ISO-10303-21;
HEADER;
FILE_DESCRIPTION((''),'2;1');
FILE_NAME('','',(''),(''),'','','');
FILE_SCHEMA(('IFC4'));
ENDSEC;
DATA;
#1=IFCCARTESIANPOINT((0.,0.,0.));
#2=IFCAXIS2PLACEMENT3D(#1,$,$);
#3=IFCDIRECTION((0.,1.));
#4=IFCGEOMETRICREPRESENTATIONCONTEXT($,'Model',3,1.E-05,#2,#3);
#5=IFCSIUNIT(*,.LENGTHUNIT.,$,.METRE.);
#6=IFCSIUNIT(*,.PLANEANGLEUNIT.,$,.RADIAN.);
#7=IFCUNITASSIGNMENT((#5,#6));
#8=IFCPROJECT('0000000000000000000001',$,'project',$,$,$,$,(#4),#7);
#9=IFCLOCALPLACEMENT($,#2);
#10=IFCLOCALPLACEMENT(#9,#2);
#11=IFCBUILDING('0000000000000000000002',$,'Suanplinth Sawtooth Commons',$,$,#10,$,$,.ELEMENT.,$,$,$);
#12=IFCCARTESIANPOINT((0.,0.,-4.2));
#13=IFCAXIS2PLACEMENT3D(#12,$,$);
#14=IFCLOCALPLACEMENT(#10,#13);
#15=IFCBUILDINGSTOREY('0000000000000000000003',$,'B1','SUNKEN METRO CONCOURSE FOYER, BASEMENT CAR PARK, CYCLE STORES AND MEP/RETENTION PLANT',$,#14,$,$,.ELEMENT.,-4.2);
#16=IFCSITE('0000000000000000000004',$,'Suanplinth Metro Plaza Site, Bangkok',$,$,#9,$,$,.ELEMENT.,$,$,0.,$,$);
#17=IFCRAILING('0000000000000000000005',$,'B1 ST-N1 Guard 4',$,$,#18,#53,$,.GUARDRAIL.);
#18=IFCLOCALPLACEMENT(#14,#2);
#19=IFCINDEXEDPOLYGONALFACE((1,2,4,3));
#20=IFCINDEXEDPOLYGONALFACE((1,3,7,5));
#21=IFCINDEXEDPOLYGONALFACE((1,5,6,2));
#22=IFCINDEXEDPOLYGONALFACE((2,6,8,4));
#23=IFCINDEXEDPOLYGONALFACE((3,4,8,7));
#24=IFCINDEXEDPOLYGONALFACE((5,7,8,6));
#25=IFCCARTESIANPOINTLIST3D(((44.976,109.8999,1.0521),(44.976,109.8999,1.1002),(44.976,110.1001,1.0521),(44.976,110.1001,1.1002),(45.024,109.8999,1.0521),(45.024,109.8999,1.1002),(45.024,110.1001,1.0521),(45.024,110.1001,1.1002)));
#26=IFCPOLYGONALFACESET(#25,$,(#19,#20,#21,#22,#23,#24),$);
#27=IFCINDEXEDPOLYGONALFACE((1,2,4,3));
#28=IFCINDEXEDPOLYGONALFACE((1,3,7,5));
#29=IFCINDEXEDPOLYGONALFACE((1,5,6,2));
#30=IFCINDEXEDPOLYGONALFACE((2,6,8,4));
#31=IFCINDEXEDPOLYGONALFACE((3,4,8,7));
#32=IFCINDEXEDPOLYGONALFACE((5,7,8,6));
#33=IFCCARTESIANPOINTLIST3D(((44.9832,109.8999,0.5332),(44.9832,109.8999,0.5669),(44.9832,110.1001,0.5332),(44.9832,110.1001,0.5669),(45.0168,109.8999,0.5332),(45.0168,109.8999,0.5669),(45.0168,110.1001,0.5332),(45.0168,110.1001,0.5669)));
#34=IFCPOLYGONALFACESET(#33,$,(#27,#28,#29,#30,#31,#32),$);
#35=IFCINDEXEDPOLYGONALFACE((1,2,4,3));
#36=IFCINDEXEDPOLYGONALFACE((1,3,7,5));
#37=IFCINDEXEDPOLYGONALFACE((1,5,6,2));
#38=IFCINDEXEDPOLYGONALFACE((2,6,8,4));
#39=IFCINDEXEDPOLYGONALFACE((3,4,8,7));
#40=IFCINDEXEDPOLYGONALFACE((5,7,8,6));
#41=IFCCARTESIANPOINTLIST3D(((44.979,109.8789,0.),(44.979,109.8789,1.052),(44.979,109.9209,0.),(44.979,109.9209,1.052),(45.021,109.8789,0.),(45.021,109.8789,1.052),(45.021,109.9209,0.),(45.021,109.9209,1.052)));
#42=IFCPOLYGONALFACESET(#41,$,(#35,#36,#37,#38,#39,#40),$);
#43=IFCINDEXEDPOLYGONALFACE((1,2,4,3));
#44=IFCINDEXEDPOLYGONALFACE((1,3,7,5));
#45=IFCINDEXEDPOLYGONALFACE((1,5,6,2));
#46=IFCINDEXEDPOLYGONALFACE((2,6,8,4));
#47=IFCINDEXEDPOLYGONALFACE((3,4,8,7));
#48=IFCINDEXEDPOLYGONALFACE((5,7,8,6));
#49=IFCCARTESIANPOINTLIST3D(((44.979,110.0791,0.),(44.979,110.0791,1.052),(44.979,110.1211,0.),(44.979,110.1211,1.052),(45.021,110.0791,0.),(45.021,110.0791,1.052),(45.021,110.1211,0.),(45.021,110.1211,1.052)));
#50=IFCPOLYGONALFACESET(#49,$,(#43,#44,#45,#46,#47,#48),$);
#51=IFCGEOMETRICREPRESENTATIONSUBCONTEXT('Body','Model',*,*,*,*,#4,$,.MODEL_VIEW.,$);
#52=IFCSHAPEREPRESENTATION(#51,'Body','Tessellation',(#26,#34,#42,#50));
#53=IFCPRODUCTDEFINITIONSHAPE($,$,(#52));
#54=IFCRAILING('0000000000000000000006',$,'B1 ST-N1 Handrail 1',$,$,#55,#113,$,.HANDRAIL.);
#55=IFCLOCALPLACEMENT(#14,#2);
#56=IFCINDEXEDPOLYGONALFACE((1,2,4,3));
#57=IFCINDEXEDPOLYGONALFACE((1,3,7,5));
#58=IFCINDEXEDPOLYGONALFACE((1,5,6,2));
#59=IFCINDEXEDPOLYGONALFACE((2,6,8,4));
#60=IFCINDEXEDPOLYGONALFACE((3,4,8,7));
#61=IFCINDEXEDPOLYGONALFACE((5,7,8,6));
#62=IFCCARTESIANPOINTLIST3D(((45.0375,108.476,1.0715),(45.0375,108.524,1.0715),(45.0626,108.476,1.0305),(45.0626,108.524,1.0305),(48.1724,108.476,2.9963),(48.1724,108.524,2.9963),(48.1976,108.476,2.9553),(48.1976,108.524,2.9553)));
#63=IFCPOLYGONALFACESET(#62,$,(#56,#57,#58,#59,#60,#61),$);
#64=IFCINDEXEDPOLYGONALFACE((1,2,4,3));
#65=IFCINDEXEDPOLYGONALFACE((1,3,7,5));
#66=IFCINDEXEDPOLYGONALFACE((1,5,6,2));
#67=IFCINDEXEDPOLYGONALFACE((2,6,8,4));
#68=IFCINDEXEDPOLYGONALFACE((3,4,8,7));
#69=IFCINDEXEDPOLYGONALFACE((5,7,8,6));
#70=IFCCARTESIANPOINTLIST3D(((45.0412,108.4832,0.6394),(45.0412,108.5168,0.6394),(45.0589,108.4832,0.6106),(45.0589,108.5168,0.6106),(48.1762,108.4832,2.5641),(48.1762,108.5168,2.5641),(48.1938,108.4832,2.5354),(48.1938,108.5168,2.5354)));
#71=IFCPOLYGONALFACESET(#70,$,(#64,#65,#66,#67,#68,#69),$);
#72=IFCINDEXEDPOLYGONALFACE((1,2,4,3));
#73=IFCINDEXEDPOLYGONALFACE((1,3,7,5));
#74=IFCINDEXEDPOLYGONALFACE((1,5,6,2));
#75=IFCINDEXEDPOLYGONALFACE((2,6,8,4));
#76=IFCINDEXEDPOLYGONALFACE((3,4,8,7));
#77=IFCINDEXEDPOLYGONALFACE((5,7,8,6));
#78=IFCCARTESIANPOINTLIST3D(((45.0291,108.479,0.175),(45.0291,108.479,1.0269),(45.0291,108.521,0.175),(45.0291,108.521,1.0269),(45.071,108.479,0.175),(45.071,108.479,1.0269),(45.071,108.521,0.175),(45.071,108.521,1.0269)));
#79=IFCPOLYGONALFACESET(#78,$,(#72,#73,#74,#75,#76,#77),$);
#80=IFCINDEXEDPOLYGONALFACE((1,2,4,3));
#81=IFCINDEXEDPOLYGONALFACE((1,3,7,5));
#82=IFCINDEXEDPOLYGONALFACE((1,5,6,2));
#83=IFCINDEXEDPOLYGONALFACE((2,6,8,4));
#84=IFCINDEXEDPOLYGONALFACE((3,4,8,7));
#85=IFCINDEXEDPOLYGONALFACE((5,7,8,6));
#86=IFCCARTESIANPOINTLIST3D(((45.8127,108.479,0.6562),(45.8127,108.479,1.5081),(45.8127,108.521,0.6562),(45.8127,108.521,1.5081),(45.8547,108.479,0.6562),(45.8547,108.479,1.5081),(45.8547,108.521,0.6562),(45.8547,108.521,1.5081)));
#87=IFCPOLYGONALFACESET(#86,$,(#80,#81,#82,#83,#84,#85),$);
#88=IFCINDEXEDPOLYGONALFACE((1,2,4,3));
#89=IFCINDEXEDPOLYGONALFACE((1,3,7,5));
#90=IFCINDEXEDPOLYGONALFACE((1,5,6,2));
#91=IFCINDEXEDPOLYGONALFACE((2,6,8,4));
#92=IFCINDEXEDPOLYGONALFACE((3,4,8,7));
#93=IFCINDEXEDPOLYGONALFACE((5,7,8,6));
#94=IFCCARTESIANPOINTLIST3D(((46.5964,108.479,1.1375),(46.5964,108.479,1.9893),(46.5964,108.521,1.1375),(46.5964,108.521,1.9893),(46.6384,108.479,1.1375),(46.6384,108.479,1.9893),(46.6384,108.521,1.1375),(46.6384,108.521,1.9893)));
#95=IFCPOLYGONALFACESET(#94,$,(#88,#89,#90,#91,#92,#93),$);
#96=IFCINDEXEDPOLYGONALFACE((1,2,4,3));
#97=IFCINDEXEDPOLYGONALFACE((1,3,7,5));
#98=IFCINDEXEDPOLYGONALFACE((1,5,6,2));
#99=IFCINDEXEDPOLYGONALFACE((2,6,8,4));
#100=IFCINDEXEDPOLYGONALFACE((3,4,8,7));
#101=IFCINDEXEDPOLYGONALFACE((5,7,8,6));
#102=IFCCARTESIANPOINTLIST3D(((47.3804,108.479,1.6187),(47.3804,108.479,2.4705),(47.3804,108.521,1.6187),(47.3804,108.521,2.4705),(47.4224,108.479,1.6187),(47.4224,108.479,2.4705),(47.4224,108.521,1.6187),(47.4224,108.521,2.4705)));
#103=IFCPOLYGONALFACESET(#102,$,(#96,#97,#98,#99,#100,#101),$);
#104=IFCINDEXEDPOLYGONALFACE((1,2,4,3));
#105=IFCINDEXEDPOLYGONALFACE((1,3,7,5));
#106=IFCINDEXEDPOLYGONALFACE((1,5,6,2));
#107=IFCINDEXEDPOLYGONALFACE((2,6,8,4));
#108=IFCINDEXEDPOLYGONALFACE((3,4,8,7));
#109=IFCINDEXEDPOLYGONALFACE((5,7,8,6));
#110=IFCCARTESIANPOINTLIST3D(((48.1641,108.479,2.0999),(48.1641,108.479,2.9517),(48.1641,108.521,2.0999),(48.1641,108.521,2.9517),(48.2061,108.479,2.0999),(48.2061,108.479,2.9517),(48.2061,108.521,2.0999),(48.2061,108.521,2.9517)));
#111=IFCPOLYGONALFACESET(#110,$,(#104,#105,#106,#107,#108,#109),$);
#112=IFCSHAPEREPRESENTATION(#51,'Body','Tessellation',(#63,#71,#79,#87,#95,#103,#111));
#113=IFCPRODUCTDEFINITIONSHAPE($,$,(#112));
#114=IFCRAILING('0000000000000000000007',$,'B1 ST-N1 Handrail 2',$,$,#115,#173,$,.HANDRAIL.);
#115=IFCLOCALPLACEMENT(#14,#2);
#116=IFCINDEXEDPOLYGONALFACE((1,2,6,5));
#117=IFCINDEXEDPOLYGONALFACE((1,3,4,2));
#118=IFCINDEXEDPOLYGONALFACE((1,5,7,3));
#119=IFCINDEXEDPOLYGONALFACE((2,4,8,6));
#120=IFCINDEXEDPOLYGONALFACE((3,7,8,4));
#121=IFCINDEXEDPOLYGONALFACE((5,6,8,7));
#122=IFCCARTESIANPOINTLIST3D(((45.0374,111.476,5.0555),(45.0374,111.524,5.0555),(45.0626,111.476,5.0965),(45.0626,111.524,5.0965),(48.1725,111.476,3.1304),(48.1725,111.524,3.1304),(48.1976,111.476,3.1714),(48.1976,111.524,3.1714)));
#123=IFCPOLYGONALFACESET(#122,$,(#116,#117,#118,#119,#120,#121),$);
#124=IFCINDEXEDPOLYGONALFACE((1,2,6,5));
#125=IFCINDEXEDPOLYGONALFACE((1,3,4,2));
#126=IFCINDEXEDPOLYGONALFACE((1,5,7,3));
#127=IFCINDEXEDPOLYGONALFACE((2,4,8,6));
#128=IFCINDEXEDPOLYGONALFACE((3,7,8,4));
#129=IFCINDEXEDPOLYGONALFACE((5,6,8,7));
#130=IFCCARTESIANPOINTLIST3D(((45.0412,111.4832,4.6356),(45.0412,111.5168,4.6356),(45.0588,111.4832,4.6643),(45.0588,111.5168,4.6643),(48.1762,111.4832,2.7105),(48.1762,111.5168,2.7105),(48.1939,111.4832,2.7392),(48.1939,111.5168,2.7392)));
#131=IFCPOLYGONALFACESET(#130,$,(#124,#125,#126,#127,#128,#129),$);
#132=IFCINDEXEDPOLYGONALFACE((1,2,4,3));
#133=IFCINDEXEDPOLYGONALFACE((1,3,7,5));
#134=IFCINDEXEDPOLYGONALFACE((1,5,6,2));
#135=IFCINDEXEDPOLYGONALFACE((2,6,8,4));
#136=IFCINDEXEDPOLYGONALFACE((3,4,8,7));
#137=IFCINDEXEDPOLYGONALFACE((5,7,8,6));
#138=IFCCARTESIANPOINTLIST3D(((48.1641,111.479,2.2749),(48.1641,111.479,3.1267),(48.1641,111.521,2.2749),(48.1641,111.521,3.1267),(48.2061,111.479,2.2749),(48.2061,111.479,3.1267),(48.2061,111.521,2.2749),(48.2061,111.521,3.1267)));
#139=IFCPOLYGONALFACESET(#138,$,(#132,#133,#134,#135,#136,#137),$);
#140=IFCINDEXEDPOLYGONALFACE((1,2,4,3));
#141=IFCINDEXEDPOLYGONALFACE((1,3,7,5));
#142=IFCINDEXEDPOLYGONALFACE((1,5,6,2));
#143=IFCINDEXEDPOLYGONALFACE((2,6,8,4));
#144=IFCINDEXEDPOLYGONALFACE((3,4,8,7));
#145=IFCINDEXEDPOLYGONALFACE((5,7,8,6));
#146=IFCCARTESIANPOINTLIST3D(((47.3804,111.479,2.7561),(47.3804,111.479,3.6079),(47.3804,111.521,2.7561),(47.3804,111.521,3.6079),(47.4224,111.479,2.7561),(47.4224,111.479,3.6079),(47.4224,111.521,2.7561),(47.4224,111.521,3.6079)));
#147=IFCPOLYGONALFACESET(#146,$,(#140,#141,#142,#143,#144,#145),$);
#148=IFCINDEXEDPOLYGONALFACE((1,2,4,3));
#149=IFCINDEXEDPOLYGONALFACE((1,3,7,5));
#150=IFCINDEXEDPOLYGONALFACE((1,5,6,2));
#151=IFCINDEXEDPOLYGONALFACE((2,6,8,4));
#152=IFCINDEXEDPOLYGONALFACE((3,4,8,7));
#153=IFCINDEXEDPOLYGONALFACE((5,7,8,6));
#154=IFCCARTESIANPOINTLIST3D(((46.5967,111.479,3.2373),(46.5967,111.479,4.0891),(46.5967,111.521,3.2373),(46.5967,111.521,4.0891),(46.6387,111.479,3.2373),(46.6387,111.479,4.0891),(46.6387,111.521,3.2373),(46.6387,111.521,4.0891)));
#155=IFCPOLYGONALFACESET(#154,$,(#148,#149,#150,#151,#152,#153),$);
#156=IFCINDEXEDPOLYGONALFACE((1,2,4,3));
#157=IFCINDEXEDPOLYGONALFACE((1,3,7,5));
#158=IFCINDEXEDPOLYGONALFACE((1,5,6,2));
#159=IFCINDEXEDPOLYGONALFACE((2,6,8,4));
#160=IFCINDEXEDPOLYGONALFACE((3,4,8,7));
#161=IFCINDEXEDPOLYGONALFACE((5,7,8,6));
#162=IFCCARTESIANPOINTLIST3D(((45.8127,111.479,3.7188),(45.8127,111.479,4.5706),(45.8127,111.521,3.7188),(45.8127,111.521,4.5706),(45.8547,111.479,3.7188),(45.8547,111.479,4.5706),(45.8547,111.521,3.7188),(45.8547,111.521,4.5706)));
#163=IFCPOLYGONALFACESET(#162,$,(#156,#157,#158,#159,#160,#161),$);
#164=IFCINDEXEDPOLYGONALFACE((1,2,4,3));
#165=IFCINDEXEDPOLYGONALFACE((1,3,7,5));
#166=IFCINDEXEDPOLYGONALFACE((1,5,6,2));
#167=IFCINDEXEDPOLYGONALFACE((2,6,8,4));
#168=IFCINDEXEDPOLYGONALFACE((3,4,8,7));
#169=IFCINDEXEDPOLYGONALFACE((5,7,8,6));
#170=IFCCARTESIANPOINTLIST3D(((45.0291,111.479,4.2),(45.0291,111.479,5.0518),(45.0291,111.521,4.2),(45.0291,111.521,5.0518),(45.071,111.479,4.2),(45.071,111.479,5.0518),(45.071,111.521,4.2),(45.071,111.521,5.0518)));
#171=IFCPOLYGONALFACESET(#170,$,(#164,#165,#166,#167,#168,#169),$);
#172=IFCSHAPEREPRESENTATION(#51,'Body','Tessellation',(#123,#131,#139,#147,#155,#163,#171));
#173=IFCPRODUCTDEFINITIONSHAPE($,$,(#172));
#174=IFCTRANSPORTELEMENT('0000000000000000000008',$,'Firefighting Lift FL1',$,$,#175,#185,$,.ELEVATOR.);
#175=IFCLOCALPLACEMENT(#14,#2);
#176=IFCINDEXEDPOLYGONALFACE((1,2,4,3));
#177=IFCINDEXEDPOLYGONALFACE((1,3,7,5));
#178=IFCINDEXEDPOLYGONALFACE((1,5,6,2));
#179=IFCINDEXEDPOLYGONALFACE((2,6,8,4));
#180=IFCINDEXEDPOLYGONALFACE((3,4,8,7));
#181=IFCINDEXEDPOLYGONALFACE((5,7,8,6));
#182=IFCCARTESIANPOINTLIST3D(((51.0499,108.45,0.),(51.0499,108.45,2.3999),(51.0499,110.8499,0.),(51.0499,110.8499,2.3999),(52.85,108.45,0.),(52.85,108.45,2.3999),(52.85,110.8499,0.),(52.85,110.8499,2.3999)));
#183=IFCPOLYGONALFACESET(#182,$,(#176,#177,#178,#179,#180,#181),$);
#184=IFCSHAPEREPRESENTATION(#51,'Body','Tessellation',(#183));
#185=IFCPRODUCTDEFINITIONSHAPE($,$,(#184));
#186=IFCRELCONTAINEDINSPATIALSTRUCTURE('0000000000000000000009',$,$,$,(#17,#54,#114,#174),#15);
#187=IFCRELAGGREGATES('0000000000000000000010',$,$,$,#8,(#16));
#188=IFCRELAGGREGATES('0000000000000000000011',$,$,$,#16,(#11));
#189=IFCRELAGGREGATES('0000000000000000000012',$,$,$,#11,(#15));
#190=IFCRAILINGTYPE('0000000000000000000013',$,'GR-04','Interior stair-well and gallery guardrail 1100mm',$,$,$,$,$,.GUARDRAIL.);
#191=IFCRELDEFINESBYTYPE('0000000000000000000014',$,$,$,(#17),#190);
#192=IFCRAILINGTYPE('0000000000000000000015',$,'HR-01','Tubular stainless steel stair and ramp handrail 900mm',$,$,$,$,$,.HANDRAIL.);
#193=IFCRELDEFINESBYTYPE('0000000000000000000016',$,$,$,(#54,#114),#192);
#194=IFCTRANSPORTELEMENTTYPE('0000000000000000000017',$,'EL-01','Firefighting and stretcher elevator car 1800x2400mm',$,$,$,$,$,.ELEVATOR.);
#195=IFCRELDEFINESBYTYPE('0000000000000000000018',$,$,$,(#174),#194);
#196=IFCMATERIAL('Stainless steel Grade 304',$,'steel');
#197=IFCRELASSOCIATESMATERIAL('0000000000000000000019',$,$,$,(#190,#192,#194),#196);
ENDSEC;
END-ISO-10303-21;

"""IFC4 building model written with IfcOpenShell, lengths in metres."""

from ifc_helpers import new_model, si_unit, direction, frame, origin, origin_2d, place, context, subcontext, project, spatial, rectangle, extrude, material, type_object, element, save


model = new_model("IFC4")

# Units and contexts
model_context = context("Model", 3, precision=1e-05, world=origin(), true_north=direction((0.0, 1.0)))
body_context = subcontext(model_context, "Body", "Model", "MODEL_VIEW")
ifc_project = project(units=[si_unit("LENGTHUNIT", "METRE"), si_unit("PLANEANGLEUNIT", "RADIAN")], contexts=[model_context])

# Site, building, storey
site_placement = place(None, origin())
site = spatial("IfcSite", under=ifc_project, at=site_placement, Name="Suanplinth Metro Plaza Site, Bangkok", CompositionType="ELEMENT", RefElevation=0.0)
building_placement = place(site_placement, origin())
building = spatial("IfcBuilding", under=site, at=building_placement, Name="Suanplinth Sawtooth Commons", CompositionType="ELEMENT")
storey_placement = place(building_placement, frame((0.0, 0.0, -4.2)))
storey = spatial("IfcBuildingStorey", under=building, at=storey_placement, Name="B1", Description="SUNKEN METRO CONCOURSE FOYER, BASEMENT CAR PARK, CYCLE STORES AND MEP/RETENTION PLANT", CompositionType="ELEMENT", Elevation=-4.2)

# Shared definitions
ifc_material_1 = material(Name="Stainless steel Grade 304", Category="steel")

# Railings
railing_type_1 = type_object("IfcRailingType", Name="GR-04", Description="Interior stair-well and gallery guardrail 1100mm", PredefinedType="GUARDRAIL", material=ifc_material_1)
railing_1_placement = place(storey_placement, frame((45.0, 109.8999, 0.0)))
element("IfcRailing", 1, at=railing_1_placement, inside=storey, type_object=railing_type_1, Name="B1 ST-N1 Guard 4", PredefinedType="GUARDRAIL", context=body_context, shape_type="SweptSolid", body=[
    extrude(rectangle(XDim=0.0481, YDim=0.0481, at=origin_2d()), frame((0.0, 0.0, 1.0762), z_axis=(0.0, 1.0, 0.0), x_axis=(-1.0, 0.0, 0.0)), (0.0, 0.0, 1.0), 0.2002),
    extrude(rectangle(XDim=0.0337, YDim=0.0337, at=origin_2d()), frame((0.0, 0.0, 0.55), z_axis=(0.0, 1.0, 0.0), x_axis=(-1.0, 0.0, 0.0)), (0.0, 0.0, 1.0), 0.2002),
    extrude(rectangle(XDim=0.042, YDim=0.042, at=origin_2d()), origin(), (0.0, 0.0, 1.0), 1.052),
    extrude(rectangle(XDim=0.042, YDim=0.042, at=origin_2d()), frame((0.0, 0.2002, 0.0)), (0.0, 0.0, 1.0), 1.052),
])
railing_type_2 = type_object("IfcRailingType", Name="HR-01", Description="Tubular stainless steel stair and ramp handrail 900mm", PredefinedType="HANDRAIL", material=ifc_material_1)
railing_2_placement = place(storey_placement, frame((45.05, 108.5, 0.175)))
element("IfcRailing", 2, at=railing_2_placement, inside=storey, type_object=railing_type_2, Name="B1 ST-N1 Handrail 1", PredefinedType="HANDRAIL", context=body_context, shape_type="SweptSolid", body=[
    extrude(rectangle(XDim=0.0481, YDim=0.0481, at=origin_2d()), frame((0.0, 0.0, 0.876), z_axis=(0.852196, 0.0, 0.523223), x_axis=(0.0, 1.0, 0.0)), (0.0, 0.0, 1.0), 3.6787),
    extrude(rectangle(XDim=0.0337, YDim=0.0337, at=origin_2d()), frame((0.0, 0.0, 0.45), z_axis=(0.852196, 0.0, 0.523223), x_axis=(0.0, 1.0, 0.0)), (0.0, 0.0, 1.0), 3.6787),
    extrude(rectangle(XDim=0.042, YDim=0.042, at=origin_2d()), origin(), (0.0, 0.0, 1.0), 0.8518),
    extrude(rectangle(XDim=0.042, YDim=0.042, at=origin_2d()), frame((0.7837, 0.0, 0.4812)), (0.0, 0.0, 1.0), 0.8518),
    extrude(rectangle(XDim=0.042, YDim=0.042, at=origin_2d()), frame((1.5674, 0.0, 0.9624)), (0.0, 0.0, 1.0), 0.8518),
    extrude(rectangle(XDim=0.042, YDim=0.042, at=origin_2d()), frame((2.3513, 0.0, 1.4436)), (0.0, 0.0, 1.0), 0.8518),
    extrude(rectangle(XDim=0.042, YDim=0.042, at=origin_2d()), frame((3.135, 0.0, 1.9248)), (0.0, 0.0, 1.0), 0.8518),
])
railing_3_placement = place(storey_placement, frame((48.1851, 111.5, 2.2749)))
element("IfcRailing", 3, at=railing_3_placement, inside=storey, type_object=railing_type_2, Name="B1 ST-N1 Handrail 2", PredefinedType="HANDRAIL", context=body_context, shape_type="SweptSolid", body=[
    extrude(rectangle(XDim=0.0481, YDim=0.0481, at=origin_2d()), frame((0.0, 0.0, 0.876), z_axis=(-0.852166, 0.0, 0.523271), x_axis=(0.0, -1.0, 0.0)), (0.0, 0.0, 1.0), 3.679),
    extrude(rectangle(XDim=0.0337, YDim=0.0337, at=origin_2d()), frame((0.0, 0.0, 0.45), z_axis=(-0.852166, 0.0, 0.523271), x_axis=(0.0, -1.0, 0.0)), (0.0, 0.0, 1.0), 3.679),
    extrude(rectangle(XDim=0.042, YDim=0.042, at=origin_2d()), origin(), (0.0, 0.0, 1.0), 0.8518),
    extrude(rectangle(XDim=0.042, YDim=0.042, at=origin_2d()), frame((-0.7837, 0.0, 0.4812)), (0.0, 0.0, 1.0), 0.8518),
    extrude(rectangle(XDim=0.042, YDim=0.042, at=origin_2d()), frame((-1.5674, 0.0, 0.9624)), (0.0, 0.0, 1.0), 0.8518),
    extrude(rectangle(XDim=0.042, YDim=0.042, at=origin_2d()), frame((-2.3513, 0.0, 1.4438)), (0.0, 0.0, 1.0), 0.8518),
    extrude(rectangle(XDim=0.042, YDim=0.042, at=origin_2d()), frame((-3.135, 0.0, 1.925)), (0.0, 0.0, 1.0), 0.8518),
])

# Transport element
transport_element_type = type_object("IfcTransportElementType", Name="EL-01", Description="Firefighting and stretcher elevator car 1800x2400mm", PredefinedType="ELEVATOR", material=ifc_material_1)
transport_element_placement = place(storey_placement, frame((51.95, 109.6499, 0.0), z_axis=(0.0, 0.0, 1.0), x_axis=(1.0, 0.0, 0.0)))
element("IfcTransportElement", 4, at=transport_element_placement, inside=storey, type_object=transport_element_type, Name="Firefighting Lift FL1", PredefinedType="ELEVATOR", context=body_context, shape_type="SweptSolid", body=[
    extrude(rectangle(XDim=1.8, YDim=2.3999, at=origin_2d()), origin(), (0.0, 0.0, 1.0), 2.3999),
])

save(model, "model.ifc")
